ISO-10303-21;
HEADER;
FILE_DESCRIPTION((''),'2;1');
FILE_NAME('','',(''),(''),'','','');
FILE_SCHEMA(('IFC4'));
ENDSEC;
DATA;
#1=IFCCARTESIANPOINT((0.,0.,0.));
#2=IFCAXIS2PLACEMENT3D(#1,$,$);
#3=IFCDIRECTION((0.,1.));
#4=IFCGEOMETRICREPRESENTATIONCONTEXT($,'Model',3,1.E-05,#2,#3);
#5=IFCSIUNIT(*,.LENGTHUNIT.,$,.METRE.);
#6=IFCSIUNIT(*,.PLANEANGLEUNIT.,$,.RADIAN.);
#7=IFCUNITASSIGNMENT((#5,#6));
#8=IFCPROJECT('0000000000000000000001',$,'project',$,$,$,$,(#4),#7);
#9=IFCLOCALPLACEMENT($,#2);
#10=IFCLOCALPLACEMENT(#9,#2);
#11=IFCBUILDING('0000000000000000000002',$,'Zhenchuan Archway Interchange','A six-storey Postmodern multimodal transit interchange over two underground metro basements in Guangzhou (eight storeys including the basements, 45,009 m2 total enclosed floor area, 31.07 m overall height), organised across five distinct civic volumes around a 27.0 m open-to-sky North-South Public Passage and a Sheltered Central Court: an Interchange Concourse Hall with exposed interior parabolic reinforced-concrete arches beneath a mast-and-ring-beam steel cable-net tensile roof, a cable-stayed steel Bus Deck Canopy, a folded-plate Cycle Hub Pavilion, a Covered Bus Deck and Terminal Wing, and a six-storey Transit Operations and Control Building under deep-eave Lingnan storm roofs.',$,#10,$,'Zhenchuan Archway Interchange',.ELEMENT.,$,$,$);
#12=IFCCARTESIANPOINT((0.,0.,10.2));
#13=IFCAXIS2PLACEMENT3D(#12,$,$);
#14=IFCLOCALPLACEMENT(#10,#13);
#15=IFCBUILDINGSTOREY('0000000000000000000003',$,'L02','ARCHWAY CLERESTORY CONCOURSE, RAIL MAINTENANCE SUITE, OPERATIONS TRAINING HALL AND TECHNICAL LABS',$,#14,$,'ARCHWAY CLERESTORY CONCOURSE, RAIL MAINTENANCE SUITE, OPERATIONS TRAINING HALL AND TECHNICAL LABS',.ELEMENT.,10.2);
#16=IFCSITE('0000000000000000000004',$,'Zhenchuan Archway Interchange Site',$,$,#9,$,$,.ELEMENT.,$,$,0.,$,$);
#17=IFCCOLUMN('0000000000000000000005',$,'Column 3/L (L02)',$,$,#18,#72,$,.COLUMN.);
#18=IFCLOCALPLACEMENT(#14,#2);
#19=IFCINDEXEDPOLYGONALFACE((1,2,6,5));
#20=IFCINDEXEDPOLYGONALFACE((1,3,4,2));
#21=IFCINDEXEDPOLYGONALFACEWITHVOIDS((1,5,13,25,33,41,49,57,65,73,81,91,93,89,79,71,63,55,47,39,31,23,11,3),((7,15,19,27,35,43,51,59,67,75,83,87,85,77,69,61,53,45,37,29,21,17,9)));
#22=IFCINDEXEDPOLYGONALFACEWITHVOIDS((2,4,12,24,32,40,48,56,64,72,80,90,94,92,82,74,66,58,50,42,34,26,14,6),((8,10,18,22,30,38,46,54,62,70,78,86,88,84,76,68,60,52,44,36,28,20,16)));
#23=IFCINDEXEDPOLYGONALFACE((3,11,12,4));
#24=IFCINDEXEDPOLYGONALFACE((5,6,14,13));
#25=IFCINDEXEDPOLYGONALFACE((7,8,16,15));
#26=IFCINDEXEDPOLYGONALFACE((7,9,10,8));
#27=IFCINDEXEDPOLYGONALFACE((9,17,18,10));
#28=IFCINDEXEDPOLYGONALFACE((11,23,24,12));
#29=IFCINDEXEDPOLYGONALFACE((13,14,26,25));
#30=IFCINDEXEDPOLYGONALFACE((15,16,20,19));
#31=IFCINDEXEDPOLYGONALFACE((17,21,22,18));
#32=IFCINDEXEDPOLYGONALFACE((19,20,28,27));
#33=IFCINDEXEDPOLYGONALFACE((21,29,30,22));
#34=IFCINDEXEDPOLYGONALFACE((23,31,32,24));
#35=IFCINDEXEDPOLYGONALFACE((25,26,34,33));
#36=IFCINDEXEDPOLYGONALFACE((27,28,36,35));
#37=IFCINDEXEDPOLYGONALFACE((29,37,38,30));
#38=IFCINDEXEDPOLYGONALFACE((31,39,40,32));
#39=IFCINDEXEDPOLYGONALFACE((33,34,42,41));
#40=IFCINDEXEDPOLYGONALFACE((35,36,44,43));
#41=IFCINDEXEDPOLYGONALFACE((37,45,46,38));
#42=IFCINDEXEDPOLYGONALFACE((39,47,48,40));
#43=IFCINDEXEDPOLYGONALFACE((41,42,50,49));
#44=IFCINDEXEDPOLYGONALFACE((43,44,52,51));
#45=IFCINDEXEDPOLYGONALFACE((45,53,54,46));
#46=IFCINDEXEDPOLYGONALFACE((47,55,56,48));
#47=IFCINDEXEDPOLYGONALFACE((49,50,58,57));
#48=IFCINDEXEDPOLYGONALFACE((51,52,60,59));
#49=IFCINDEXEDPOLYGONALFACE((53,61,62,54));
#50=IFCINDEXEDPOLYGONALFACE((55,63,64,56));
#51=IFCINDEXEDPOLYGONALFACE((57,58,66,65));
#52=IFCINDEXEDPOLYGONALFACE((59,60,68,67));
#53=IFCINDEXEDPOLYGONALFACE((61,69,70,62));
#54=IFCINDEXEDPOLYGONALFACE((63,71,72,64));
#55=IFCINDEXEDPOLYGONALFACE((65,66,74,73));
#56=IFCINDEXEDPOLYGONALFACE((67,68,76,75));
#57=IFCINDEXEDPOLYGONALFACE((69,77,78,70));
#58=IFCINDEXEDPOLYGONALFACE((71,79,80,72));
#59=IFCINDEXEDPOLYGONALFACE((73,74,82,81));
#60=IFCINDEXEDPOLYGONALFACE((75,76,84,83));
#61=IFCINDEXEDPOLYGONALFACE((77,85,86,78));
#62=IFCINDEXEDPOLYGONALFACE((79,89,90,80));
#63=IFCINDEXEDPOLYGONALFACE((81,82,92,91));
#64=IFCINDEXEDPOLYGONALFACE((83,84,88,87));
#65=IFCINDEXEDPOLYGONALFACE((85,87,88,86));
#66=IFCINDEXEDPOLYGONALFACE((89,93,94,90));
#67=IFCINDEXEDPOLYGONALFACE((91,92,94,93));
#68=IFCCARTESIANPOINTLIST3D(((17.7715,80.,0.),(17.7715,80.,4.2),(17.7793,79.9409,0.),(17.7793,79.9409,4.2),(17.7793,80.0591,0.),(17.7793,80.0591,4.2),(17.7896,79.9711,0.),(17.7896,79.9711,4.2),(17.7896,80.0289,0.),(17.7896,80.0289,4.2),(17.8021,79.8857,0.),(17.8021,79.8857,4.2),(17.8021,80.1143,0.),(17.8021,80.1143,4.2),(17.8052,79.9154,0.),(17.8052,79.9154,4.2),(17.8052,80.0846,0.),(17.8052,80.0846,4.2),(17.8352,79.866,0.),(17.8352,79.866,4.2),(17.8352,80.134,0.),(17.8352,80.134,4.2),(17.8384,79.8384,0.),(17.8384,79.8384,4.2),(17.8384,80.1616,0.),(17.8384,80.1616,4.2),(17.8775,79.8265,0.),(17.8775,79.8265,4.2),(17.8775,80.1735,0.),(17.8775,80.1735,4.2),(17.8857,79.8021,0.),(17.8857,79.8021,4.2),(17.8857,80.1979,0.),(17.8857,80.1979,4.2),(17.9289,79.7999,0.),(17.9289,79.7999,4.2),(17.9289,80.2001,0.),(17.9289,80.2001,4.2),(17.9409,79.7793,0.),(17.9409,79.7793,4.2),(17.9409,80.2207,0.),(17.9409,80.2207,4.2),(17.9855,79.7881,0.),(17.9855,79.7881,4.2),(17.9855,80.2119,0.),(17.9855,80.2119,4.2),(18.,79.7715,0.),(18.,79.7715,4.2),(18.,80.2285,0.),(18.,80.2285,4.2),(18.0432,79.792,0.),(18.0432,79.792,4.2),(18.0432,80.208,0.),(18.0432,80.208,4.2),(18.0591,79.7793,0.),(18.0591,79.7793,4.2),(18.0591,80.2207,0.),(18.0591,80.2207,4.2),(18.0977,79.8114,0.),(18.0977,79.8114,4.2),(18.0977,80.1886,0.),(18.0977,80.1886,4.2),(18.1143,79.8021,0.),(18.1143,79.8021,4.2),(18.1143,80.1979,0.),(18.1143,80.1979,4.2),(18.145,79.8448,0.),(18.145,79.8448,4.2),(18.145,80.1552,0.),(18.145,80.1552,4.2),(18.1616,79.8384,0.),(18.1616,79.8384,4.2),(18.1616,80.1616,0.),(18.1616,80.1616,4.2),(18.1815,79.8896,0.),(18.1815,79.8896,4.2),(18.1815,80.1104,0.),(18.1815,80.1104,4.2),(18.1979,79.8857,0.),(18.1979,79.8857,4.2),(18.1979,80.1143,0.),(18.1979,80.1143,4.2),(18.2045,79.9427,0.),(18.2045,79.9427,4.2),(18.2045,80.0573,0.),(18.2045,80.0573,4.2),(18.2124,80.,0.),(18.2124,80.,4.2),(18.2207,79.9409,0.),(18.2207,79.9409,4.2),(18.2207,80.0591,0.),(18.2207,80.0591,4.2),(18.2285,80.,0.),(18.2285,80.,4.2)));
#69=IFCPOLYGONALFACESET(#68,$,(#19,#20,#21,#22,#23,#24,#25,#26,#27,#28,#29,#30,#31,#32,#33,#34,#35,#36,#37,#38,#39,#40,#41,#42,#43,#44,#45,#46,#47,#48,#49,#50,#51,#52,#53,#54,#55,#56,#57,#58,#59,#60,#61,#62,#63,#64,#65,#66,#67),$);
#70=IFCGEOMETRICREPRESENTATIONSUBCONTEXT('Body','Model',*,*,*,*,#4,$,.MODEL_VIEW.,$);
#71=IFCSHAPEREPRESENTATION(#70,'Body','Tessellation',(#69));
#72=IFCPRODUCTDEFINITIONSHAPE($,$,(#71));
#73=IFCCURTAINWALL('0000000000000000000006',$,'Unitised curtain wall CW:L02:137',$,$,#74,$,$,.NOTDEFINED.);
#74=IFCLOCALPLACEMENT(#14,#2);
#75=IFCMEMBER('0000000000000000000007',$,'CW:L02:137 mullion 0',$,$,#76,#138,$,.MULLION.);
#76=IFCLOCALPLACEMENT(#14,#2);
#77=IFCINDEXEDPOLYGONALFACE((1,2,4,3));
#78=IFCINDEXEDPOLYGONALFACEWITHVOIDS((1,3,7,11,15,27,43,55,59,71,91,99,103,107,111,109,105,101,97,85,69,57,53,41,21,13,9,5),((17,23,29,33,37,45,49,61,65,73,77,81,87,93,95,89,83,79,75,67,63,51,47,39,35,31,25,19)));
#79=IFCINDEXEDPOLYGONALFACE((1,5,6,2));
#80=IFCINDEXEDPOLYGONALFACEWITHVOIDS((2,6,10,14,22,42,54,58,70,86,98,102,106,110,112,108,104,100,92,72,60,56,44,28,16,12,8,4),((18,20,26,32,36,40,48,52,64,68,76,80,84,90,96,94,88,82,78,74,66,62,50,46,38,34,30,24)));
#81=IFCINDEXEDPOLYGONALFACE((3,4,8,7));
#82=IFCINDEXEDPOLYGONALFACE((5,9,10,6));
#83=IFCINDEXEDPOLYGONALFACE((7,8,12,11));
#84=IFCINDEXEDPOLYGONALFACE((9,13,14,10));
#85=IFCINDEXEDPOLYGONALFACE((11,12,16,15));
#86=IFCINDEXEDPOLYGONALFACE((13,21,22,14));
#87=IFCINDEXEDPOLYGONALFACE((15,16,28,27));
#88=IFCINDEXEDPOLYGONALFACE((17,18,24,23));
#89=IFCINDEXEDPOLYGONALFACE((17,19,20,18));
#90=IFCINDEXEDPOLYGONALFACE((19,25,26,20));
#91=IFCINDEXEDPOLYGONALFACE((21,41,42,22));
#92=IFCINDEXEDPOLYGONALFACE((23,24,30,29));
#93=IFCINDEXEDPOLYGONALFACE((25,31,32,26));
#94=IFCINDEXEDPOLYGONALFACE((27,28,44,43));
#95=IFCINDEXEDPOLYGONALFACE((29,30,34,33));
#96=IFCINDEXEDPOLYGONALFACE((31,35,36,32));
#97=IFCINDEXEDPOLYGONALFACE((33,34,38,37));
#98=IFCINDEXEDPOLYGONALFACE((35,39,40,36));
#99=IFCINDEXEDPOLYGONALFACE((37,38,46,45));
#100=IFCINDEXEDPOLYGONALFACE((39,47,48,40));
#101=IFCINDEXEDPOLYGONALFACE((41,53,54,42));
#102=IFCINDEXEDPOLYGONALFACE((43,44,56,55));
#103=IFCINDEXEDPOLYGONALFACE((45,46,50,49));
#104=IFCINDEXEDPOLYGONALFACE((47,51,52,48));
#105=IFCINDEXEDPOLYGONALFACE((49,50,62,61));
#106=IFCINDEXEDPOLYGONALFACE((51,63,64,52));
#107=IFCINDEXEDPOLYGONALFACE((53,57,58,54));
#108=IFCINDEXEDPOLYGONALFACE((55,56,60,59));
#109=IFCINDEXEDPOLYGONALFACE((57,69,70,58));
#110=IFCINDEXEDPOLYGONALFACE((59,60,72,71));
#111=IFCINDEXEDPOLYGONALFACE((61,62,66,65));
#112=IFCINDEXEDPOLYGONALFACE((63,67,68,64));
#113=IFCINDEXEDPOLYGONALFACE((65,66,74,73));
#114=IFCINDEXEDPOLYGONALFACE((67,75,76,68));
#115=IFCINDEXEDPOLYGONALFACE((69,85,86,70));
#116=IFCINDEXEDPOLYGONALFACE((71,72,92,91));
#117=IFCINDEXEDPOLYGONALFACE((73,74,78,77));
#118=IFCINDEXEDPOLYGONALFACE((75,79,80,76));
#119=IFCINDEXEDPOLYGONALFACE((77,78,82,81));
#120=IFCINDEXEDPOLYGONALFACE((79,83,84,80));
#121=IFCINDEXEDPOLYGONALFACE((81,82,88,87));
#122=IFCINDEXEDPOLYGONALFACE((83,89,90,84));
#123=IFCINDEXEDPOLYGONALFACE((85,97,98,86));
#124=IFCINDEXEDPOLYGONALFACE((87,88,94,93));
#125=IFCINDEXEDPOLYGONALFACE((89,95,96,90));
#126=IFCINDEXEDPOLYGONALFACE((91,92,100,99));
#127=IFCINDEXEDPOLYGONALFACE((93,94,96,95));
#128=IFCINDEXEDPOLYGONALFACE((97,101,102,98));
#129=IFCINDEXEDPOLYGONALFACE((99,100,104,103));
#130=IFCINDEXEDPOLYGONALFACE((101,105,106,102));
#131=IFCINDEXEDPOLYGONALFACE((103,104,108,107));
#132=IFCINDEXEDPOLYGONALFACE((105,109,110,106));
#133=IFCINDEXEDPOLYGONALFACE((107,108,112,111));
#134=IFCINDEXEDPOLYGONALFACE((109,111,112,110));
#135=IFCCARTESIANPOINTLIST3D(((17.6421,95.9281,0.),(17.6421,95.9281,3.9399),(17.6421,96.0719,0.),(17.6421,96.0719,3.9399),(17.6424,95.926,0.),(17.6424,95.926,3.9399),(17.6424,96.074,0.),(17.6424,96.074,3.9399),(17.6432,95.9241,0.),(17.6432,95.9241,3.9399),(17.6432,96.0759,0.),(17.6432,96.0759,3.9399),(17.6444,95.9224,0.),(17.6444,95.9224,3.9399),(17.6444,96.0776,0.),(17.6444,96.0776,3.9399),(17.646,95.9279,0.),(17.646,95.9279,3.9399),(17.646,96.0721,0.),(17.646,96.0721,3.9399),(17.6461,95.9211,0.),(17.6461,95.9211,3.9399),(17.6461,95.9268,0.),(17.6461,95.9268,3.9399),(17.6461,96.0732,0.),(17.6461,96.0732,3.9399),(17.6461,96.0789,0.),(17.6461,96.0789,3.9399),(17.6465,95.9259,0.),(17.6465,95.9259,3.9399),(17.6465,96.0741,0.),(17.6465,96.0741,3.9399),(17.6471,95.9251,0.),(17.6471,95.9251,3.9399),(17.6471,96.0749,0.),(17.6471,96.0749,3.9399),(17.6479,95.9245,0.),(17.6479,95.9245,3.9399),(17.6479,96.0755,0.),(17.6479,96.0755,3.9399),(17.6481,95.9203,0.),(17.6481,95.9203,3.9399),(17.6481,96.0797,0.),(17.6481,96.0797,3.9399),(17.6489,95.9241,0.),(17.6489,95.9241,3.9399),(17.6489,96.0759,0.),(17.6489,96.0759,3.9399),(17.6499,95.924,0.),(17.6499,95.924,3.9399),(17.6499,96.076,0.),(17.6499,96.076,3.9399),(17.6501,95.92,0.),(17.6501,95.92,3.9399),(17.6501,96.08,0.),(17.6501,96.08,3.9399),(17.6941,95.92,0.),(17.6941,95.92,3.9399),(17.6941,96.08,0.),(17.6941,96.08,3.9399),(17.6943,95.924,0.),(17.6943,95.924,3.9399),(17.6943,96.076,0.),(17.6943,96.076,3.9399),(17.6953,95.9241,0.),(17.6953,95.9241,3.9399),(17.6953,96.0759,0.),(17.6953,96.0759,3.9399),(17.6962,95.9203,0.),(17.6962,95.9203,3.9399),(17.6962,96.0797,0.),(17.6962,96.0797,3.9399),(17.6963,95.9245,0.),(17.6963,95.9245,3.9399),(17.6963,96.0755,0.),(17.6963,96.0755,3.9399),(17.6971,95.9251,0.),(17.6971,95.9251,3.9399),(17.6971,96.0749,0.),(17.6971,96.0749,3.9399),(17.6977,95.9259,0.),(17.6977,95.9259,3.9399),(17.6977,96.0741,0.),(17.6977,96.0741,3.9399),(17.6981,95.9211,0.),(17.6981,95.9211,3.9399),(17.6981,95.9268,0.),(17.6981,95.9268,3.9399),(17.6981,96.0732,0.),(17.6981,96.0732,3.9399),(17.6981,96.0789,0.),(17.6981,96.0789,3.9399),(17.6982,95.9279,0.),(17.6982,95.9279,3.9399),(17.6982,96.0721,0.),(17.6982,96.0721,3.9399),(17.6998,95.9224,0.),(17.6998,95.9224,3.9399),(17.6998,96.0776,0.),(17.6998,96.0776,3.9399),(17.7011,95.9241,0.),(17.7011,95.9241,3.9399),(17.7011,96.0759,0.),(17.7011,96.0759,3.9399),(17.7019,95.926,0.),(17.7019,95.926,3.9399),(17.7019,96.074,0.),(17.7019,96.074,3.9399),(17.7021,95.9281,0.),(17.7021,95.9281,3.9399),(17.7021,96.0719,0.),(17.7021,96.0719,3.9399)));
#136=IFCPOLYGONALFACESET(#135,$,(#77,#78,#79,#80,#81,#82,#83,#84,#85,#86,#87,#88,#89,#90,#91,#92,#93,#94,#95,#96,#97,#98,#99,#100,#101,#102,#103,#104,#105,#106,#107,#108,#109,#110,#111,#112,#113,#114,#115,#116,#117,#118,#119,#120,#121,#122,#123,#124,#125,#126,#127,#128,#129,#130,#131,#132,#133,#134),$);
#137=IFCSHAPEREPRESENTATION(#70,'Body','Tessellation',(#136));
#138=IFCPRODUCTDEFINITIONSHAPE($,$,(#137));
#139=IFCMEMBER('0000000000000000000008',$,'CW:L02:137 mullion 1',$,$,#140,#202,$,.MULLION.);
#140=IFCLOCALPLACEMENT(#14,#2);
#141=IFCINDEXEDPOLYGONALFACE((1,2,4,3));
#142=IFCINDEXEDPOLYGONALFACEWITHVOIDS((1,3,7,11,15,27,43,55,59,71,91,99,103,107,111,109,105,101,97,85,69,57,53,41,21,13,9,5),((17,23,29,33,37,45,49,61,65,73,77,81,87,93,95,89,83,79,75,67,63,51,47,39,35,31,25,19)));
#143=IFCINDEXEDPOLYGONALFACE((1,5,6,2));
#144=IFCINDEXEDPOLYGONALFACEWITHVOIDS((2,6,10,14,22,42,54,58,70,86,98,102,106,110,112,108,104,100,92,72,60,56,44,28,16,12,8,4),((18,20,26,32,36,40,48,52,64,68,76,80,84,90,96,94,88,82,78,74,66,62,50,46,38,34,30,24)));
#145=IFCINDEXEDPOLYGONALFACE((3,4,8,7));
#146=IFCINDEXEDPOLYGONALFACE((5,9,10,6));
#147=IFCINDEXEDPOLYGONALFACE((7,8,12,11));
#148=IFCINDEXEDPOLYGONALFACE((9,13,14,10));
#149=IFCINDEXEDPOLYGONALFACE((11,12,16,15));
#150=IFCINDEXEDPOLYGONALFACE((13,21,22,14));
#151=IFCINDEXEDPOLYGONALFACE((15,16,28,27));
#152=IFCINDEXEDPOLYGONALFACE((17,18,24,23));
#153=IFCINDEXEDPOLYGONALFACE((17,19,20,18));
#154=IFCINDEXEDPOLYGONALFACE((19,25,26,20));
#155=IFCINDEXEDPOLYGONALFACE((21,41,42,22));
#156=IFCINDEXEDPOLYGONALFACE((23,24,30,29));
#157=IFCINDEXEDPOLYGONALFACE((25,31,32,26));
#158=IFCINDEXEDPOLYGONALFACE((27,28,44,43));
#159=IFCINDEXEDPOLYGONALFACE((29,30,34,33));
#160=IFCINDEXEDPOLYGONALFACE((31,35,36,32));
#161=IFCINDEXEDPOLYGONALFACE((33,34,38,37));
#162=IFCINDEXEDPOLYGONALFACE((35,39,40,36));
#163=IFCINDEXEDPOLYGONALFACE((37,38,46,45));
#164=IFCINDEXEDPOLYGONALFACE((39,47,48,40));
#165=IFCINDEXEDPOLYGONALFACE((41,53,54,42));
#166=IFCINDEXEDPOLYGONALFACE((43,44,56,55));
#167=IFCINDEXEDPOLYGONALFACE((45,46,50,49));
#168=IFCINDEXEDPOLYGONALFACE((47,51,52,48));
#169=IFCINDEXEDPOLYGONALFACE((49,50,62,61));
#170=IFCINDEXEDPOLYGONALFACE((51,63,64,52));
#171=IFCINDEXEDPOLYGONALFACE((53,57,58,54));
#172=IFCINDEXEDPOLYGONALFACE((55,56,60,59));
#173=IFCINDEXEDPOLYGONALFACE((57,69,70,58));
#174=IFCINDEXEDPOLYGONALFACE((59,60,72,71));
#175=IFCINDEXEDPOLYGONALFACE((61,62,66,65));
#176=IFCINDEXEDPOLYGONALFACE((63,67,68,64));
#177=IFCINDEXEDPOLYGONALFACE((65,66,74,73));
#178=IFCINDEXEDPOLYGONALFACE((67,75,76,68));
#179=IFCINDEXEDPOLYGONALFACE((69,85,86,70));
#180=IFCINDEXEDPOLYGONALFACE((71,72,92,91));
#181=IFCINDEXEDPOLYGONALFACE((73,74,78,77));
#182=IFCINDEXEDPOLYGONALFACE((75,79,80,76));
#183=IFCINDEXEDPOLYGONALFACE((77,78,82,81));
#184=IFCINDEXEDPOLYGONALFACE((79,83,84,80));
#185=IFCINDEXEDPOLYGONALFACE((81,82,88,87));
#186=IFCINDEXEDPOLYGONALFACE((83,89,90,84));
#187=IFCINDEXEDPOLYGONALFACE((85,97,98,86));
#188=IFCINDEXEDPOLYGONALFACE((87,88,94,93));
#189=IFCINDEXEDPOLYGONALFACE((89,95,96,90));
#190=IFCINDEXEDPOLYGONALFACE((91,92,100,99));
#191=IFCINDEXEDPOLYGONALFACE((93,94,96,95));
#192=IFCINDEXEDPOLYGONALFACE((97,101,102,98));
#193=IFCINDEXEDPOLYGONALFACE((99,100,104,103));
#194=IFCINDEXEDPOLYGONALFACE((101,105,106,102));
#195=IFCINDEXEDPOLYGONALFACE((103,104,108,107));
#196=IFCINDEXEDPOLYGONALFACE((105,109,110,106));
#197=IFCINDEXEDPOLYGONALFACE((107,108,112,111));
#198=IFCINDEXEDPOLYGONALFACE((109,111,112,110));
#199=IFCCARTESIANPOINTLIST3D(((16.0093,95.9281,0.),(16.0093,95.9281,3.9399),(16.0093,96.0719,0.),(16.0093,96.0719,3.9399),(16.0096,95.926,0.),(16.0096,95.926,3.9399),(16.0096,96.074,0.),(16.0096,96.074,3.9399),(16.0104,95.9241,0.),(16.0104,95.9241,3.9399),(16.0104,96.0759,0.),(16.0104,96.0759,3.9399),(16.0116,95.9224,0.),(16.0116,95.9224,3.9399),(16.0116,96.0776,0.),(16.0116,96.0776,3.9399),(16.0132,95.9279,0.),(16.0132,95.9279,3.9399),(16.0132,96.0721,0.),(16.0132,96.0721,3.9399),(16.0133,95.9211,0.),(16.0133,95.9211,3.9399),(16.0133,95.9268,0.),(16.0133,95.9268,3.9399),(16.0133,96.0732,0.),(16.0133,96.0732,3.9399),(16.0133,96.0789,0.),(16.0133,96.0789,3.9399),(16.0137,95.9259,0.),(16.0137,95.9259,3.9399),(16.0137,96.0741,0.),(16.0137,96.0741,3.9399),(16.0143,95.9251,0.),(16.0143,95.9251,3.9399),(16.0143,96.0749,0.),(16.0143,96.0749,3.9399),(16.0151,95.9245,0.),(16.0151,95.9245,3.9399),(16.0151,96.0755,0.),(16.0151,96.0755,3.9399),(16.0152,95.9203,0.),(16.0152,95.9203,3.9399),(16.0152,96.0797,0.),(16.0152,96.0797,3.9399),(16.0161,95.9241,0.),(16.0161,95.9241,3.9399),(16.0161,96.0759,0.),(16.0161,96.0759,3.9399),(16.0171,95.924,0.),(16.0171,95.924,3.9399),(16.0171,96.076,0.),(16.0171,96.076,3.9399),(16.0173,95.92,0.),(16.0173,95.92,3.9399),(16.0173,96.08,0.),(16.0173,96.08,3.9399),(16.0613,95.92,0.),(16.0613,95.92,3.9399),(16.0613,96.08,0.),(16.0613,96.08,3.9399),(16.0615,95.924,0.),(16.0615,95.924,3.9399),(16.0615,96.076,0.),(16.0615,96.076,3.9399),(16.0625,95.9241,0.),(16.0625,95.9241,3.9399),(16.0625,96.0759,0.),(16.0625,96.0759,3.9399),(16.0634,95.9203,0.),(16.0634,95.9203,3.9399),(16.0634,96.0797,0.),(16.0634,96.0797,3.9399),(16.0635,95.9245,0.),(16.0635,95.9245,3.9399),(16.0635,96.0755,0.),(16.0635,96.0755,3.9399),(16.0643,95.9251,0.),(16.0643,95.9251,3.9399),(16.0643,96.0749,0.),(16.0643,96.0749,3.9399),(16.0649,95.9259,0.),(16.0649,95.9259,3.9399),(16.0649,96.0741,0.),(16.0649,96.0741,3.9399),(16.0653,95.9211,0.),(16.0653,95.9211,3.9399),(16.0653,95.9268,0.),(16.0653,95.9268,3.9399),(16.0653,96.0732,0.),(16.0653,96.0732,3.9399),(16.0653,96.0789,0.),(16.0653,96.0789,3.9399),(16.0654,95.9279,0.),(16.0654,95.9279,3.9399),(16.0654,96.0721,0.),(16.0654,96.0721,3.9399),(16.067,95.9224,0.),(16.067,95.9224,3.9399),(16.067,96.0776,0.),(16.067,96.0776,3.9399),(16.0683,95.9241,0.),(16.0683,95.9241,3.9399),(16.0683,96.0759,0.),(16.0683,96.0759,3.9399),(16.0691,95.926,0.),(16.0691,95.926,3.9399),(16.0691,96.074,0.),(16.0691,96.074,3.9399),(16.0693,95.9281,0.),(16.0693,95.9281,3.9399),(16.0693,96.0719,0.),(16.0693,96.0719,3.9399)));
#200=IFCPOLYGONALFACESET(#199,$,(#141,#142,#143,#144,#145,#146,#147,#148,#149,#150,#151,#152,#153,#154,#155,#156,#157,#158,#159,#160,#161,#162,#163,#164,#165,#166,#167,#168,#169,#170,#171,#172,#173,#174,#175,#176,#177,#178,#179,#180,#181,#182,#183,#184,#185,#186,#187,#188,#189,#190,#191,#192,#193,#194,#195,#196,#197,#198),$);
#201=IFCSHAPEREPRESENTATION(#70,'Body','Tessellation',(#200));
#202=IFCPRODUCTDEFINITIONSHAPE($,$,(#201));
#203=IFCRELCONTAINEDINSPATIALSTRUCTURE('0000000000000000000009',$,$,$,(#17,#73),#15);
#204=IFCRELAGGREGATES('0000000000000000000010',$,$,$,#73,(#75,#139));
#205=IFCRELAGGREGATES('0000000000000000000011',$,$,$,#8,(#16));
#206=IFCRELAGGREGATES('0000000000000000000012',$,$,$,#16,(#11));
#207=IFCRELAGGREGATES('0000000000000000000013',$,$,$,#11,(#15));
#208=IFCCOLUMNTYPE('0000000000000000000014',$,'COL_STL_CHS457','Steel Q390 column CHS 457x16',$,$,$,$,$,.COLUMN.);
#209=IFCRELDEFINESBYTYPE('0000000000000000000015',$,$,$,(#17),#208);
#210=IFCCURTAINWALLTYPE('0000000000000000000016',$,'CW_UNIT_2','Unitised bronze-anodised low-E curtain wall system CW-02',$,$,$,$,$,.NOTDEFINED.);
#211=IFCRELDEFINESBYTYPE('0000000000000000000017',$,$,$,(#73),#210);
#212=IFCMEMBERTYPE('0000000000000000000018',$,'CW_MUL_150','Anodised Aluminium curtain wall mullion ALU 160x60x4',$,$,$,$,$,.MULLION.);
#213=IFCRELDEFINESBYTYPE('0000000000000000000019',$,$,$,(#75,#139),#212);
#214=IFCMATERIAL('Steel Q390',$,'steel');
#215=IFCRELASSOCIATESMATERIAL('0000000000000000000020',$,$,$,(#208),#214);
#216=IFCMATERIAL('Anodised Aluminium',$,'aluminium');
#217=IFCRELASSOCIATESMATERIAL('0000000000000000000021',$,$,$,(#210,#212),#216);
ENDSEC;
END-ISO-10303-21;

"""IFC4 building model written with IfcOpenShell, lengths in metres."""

from ifc_helpers import new_model, si_unit, direction, frame, origin, origin_2d, place, context, subcontext, project, spatial, hollow_rectangle, hollow_circle, extrude, material, material_profile, profile_set, type_object, element, aggregate, save


model = new_model("IFC4")

# Units and contexts
model_context = context("Model", 3, precision=1e-05, world=origin(), true_north=direction((0.0, 1.0)))
body_context = subcontext(model_context, "Body", "Model", "MODEL_VIEW")
ifc_project = project(units=[si_unit("LENGTHUNIT", "METRE"), si_unit("PLANEANGLEUNIT", "RADIAN")], contexts=[model_context])

# Site, building, storey
site_placement = place(None, origin())
site = spatial("IfcSite", under=ifc_project, at=site_placement, Name="Zhenchuan Archway Interchange Site", CompositionType="ELEMENT", RefElevation=0.0)
building_placement = place(site_placement, origin())
building = spatial("IfcBuilding", under=site, at=building_placement, Name="Zhenchuan Archway Interchange", Description="A six-storey Postmodern multimodal transit interchange over two underground metro basements in Guangzhou (eight storeys including the basements, 45,009 m2 total enclosed floor area, 31.07 m overall height), organised across five distinct civic volumes around a 27.0 m open-to-sky North-South Public Passage and a Sheltered Central Court: an Interchange Concourse Hall with exposed interior parabolic reinforced-concrete arches beneath a mast-and-ring-beam steel cable-net tensile roof, a cable-stayed steel Bus Deck Canopy, a folded-plate Cycle Hub Pavilion, a Covered Bus Deck and Terminal Wing, and a six-storey Transit Operations and Control Building under deep-eave Lingnan storm roofs.", LongName="Zhenchuan Archway Interchange", CompositionType="ELEMENT")
storey_placement = place(building_placement, frame((0.0, 0.0, 10.2)))
storey = spatial("IfcBuildingStorey", under=building, at=storey_placement, Name="L02", Description="ARCHWAY CLERESTORY CONCOURSE, RAIL MAINTENANCE SUITE, OPERATIONS TRAINING HALL AND TECHNICAL LABS", LongName="ARCHWAY CLERESTORY CONCOURSE, RAIL MAINTENANCE SUITE, OPERATIONS TRAINING HALL AND TECHNICAL LABS", CompositionType="ELEMENT", Elevation=10.2)

# Column
ifc_material_1 = material(Name="Steel Q390", Category="steel")
ifc_material_profile_1 = material_profile(ifc_material_1, hollow_circle(Radius=0.2285, WallThickness=0.0161, at=origin_2d()), Name="CHS 457x16")
ifc_profile_set_1 = profile_set([ifc_material_profile_1], Name="Steel Q390")
column_type = type_object("IfcColumnType", Name="COL_STL_CHS457", Description="Steel Q390 column CHS 457x16", PredefinedType="COLUMN", material=ifc_profile_set_1)
column_placement = place(storey_placement, frame((18.0, 80.0, 0.0), z_axis=(0.0, 0.0, 1.0), x_axis=(1.0, 0.0, 0.0)))
element("IfcColumn", 1, at=column_placement, inside=storey, type_object=column_type, Name="Column 3/L (L02)", PredefinedType="COLUMN", context=body_context, shape_type="SweptSolid", body=[
    extrude(hollow_circle(Radius=0.2285, WallThickness=0.0161, at=origin_2d()), origin(), (0.0, 0.0, 1.0), 4.2),
])

# Curtain wall, members
ifc_material_2 = material(Name="Anodised Aluminium", Category="aluminium")
curtain_wall_type = type_object("IfcCurtainWallType", Name="CW_UNIT_2", Description="Unitised bronze-anodised low-E curtain wall system CW-02", PredefinedType="NOTDEFINED", material=ifc_material_2)
curtain_wall_placement = place(storey_placement, origin())
curtain_wall = element("IfcCurtainWall", 2, at=curtain_wall_placement, inside=storey, type_object=curtain_wall_type, Name="Unitised curtain wall CW:L02:137", PredefinedType="NOTDEFINED")
ifc_material_profile_2 = material_profile(ifc_material_2, hollow_rectangle(XDim=0.0601, YDim=0.1599, WallThickness=0.0039, InnerFilletRadius=0.0039, OuterFilletRadius=0.0081, at=origin_2d()), Name="ALU 160x60x4")
ifc_profile_set_2 = profile_set([ifc_material_profile_2], Name="Anodised Aluminium")
member_type_1 = type_object("IfcMemberType", Name="CW_MUL_150", Description="Anodised Aluminium curtain wall mullion ALU 160x60x4", PredefinedType="MULLION", material=ifc_profile_set_2)
member_1_placement = place(storey_placement, frame((17.6721, 96.0, 0.0), z_axis=(0.0, 0.0, 1.0), x_axis=(1.0, 0.0, 0.0)))
member_1 = element("IfcMember", 3, at=member_1_placement, type_object=member_type_1, Name="CW:L02:137 mullion 0", PredefinedType="MULLION", context=body_context, shape_type="SweptSolid", body=[
    extrude(hollow_rectangle(XDim=0.0601, YDim=0.1599, WallThickness=0.0039, InnerFilletRadius=0.0039, OuterFilletRadius=0.0081, at=origin_2d()), origin(), (0.0, 0.0, 1.0), 3.9399),
])
member_2_placement = place(storey_placement, frame((16.0393, 96.0, 0.0), z_axis=(0.0, 0.0, 1.0), x_axis=(1.0, 0.0, 0.0)))
member_2 = element("IfcMember", 4, at=member_2_placement, type_object=member_type_1, Name="CW:L02:137 mullion 1", PredefinedType="MULLION", context=body_context, shape_type="SweptSolid", body=[
    extrude(hollow_rectangle(XDim=0.0601, YDim=0.1599, WallThickness=0.0039, InnerFilletRadius=0.0039, OuterFilletRadius=0.0081, at=origin_2d()), origin(), (0.0, 0.0, 1.0), 3.9399),
])

aggregate(curtain_wall, [member_1, member_2])

save(model, "model.ifc")
